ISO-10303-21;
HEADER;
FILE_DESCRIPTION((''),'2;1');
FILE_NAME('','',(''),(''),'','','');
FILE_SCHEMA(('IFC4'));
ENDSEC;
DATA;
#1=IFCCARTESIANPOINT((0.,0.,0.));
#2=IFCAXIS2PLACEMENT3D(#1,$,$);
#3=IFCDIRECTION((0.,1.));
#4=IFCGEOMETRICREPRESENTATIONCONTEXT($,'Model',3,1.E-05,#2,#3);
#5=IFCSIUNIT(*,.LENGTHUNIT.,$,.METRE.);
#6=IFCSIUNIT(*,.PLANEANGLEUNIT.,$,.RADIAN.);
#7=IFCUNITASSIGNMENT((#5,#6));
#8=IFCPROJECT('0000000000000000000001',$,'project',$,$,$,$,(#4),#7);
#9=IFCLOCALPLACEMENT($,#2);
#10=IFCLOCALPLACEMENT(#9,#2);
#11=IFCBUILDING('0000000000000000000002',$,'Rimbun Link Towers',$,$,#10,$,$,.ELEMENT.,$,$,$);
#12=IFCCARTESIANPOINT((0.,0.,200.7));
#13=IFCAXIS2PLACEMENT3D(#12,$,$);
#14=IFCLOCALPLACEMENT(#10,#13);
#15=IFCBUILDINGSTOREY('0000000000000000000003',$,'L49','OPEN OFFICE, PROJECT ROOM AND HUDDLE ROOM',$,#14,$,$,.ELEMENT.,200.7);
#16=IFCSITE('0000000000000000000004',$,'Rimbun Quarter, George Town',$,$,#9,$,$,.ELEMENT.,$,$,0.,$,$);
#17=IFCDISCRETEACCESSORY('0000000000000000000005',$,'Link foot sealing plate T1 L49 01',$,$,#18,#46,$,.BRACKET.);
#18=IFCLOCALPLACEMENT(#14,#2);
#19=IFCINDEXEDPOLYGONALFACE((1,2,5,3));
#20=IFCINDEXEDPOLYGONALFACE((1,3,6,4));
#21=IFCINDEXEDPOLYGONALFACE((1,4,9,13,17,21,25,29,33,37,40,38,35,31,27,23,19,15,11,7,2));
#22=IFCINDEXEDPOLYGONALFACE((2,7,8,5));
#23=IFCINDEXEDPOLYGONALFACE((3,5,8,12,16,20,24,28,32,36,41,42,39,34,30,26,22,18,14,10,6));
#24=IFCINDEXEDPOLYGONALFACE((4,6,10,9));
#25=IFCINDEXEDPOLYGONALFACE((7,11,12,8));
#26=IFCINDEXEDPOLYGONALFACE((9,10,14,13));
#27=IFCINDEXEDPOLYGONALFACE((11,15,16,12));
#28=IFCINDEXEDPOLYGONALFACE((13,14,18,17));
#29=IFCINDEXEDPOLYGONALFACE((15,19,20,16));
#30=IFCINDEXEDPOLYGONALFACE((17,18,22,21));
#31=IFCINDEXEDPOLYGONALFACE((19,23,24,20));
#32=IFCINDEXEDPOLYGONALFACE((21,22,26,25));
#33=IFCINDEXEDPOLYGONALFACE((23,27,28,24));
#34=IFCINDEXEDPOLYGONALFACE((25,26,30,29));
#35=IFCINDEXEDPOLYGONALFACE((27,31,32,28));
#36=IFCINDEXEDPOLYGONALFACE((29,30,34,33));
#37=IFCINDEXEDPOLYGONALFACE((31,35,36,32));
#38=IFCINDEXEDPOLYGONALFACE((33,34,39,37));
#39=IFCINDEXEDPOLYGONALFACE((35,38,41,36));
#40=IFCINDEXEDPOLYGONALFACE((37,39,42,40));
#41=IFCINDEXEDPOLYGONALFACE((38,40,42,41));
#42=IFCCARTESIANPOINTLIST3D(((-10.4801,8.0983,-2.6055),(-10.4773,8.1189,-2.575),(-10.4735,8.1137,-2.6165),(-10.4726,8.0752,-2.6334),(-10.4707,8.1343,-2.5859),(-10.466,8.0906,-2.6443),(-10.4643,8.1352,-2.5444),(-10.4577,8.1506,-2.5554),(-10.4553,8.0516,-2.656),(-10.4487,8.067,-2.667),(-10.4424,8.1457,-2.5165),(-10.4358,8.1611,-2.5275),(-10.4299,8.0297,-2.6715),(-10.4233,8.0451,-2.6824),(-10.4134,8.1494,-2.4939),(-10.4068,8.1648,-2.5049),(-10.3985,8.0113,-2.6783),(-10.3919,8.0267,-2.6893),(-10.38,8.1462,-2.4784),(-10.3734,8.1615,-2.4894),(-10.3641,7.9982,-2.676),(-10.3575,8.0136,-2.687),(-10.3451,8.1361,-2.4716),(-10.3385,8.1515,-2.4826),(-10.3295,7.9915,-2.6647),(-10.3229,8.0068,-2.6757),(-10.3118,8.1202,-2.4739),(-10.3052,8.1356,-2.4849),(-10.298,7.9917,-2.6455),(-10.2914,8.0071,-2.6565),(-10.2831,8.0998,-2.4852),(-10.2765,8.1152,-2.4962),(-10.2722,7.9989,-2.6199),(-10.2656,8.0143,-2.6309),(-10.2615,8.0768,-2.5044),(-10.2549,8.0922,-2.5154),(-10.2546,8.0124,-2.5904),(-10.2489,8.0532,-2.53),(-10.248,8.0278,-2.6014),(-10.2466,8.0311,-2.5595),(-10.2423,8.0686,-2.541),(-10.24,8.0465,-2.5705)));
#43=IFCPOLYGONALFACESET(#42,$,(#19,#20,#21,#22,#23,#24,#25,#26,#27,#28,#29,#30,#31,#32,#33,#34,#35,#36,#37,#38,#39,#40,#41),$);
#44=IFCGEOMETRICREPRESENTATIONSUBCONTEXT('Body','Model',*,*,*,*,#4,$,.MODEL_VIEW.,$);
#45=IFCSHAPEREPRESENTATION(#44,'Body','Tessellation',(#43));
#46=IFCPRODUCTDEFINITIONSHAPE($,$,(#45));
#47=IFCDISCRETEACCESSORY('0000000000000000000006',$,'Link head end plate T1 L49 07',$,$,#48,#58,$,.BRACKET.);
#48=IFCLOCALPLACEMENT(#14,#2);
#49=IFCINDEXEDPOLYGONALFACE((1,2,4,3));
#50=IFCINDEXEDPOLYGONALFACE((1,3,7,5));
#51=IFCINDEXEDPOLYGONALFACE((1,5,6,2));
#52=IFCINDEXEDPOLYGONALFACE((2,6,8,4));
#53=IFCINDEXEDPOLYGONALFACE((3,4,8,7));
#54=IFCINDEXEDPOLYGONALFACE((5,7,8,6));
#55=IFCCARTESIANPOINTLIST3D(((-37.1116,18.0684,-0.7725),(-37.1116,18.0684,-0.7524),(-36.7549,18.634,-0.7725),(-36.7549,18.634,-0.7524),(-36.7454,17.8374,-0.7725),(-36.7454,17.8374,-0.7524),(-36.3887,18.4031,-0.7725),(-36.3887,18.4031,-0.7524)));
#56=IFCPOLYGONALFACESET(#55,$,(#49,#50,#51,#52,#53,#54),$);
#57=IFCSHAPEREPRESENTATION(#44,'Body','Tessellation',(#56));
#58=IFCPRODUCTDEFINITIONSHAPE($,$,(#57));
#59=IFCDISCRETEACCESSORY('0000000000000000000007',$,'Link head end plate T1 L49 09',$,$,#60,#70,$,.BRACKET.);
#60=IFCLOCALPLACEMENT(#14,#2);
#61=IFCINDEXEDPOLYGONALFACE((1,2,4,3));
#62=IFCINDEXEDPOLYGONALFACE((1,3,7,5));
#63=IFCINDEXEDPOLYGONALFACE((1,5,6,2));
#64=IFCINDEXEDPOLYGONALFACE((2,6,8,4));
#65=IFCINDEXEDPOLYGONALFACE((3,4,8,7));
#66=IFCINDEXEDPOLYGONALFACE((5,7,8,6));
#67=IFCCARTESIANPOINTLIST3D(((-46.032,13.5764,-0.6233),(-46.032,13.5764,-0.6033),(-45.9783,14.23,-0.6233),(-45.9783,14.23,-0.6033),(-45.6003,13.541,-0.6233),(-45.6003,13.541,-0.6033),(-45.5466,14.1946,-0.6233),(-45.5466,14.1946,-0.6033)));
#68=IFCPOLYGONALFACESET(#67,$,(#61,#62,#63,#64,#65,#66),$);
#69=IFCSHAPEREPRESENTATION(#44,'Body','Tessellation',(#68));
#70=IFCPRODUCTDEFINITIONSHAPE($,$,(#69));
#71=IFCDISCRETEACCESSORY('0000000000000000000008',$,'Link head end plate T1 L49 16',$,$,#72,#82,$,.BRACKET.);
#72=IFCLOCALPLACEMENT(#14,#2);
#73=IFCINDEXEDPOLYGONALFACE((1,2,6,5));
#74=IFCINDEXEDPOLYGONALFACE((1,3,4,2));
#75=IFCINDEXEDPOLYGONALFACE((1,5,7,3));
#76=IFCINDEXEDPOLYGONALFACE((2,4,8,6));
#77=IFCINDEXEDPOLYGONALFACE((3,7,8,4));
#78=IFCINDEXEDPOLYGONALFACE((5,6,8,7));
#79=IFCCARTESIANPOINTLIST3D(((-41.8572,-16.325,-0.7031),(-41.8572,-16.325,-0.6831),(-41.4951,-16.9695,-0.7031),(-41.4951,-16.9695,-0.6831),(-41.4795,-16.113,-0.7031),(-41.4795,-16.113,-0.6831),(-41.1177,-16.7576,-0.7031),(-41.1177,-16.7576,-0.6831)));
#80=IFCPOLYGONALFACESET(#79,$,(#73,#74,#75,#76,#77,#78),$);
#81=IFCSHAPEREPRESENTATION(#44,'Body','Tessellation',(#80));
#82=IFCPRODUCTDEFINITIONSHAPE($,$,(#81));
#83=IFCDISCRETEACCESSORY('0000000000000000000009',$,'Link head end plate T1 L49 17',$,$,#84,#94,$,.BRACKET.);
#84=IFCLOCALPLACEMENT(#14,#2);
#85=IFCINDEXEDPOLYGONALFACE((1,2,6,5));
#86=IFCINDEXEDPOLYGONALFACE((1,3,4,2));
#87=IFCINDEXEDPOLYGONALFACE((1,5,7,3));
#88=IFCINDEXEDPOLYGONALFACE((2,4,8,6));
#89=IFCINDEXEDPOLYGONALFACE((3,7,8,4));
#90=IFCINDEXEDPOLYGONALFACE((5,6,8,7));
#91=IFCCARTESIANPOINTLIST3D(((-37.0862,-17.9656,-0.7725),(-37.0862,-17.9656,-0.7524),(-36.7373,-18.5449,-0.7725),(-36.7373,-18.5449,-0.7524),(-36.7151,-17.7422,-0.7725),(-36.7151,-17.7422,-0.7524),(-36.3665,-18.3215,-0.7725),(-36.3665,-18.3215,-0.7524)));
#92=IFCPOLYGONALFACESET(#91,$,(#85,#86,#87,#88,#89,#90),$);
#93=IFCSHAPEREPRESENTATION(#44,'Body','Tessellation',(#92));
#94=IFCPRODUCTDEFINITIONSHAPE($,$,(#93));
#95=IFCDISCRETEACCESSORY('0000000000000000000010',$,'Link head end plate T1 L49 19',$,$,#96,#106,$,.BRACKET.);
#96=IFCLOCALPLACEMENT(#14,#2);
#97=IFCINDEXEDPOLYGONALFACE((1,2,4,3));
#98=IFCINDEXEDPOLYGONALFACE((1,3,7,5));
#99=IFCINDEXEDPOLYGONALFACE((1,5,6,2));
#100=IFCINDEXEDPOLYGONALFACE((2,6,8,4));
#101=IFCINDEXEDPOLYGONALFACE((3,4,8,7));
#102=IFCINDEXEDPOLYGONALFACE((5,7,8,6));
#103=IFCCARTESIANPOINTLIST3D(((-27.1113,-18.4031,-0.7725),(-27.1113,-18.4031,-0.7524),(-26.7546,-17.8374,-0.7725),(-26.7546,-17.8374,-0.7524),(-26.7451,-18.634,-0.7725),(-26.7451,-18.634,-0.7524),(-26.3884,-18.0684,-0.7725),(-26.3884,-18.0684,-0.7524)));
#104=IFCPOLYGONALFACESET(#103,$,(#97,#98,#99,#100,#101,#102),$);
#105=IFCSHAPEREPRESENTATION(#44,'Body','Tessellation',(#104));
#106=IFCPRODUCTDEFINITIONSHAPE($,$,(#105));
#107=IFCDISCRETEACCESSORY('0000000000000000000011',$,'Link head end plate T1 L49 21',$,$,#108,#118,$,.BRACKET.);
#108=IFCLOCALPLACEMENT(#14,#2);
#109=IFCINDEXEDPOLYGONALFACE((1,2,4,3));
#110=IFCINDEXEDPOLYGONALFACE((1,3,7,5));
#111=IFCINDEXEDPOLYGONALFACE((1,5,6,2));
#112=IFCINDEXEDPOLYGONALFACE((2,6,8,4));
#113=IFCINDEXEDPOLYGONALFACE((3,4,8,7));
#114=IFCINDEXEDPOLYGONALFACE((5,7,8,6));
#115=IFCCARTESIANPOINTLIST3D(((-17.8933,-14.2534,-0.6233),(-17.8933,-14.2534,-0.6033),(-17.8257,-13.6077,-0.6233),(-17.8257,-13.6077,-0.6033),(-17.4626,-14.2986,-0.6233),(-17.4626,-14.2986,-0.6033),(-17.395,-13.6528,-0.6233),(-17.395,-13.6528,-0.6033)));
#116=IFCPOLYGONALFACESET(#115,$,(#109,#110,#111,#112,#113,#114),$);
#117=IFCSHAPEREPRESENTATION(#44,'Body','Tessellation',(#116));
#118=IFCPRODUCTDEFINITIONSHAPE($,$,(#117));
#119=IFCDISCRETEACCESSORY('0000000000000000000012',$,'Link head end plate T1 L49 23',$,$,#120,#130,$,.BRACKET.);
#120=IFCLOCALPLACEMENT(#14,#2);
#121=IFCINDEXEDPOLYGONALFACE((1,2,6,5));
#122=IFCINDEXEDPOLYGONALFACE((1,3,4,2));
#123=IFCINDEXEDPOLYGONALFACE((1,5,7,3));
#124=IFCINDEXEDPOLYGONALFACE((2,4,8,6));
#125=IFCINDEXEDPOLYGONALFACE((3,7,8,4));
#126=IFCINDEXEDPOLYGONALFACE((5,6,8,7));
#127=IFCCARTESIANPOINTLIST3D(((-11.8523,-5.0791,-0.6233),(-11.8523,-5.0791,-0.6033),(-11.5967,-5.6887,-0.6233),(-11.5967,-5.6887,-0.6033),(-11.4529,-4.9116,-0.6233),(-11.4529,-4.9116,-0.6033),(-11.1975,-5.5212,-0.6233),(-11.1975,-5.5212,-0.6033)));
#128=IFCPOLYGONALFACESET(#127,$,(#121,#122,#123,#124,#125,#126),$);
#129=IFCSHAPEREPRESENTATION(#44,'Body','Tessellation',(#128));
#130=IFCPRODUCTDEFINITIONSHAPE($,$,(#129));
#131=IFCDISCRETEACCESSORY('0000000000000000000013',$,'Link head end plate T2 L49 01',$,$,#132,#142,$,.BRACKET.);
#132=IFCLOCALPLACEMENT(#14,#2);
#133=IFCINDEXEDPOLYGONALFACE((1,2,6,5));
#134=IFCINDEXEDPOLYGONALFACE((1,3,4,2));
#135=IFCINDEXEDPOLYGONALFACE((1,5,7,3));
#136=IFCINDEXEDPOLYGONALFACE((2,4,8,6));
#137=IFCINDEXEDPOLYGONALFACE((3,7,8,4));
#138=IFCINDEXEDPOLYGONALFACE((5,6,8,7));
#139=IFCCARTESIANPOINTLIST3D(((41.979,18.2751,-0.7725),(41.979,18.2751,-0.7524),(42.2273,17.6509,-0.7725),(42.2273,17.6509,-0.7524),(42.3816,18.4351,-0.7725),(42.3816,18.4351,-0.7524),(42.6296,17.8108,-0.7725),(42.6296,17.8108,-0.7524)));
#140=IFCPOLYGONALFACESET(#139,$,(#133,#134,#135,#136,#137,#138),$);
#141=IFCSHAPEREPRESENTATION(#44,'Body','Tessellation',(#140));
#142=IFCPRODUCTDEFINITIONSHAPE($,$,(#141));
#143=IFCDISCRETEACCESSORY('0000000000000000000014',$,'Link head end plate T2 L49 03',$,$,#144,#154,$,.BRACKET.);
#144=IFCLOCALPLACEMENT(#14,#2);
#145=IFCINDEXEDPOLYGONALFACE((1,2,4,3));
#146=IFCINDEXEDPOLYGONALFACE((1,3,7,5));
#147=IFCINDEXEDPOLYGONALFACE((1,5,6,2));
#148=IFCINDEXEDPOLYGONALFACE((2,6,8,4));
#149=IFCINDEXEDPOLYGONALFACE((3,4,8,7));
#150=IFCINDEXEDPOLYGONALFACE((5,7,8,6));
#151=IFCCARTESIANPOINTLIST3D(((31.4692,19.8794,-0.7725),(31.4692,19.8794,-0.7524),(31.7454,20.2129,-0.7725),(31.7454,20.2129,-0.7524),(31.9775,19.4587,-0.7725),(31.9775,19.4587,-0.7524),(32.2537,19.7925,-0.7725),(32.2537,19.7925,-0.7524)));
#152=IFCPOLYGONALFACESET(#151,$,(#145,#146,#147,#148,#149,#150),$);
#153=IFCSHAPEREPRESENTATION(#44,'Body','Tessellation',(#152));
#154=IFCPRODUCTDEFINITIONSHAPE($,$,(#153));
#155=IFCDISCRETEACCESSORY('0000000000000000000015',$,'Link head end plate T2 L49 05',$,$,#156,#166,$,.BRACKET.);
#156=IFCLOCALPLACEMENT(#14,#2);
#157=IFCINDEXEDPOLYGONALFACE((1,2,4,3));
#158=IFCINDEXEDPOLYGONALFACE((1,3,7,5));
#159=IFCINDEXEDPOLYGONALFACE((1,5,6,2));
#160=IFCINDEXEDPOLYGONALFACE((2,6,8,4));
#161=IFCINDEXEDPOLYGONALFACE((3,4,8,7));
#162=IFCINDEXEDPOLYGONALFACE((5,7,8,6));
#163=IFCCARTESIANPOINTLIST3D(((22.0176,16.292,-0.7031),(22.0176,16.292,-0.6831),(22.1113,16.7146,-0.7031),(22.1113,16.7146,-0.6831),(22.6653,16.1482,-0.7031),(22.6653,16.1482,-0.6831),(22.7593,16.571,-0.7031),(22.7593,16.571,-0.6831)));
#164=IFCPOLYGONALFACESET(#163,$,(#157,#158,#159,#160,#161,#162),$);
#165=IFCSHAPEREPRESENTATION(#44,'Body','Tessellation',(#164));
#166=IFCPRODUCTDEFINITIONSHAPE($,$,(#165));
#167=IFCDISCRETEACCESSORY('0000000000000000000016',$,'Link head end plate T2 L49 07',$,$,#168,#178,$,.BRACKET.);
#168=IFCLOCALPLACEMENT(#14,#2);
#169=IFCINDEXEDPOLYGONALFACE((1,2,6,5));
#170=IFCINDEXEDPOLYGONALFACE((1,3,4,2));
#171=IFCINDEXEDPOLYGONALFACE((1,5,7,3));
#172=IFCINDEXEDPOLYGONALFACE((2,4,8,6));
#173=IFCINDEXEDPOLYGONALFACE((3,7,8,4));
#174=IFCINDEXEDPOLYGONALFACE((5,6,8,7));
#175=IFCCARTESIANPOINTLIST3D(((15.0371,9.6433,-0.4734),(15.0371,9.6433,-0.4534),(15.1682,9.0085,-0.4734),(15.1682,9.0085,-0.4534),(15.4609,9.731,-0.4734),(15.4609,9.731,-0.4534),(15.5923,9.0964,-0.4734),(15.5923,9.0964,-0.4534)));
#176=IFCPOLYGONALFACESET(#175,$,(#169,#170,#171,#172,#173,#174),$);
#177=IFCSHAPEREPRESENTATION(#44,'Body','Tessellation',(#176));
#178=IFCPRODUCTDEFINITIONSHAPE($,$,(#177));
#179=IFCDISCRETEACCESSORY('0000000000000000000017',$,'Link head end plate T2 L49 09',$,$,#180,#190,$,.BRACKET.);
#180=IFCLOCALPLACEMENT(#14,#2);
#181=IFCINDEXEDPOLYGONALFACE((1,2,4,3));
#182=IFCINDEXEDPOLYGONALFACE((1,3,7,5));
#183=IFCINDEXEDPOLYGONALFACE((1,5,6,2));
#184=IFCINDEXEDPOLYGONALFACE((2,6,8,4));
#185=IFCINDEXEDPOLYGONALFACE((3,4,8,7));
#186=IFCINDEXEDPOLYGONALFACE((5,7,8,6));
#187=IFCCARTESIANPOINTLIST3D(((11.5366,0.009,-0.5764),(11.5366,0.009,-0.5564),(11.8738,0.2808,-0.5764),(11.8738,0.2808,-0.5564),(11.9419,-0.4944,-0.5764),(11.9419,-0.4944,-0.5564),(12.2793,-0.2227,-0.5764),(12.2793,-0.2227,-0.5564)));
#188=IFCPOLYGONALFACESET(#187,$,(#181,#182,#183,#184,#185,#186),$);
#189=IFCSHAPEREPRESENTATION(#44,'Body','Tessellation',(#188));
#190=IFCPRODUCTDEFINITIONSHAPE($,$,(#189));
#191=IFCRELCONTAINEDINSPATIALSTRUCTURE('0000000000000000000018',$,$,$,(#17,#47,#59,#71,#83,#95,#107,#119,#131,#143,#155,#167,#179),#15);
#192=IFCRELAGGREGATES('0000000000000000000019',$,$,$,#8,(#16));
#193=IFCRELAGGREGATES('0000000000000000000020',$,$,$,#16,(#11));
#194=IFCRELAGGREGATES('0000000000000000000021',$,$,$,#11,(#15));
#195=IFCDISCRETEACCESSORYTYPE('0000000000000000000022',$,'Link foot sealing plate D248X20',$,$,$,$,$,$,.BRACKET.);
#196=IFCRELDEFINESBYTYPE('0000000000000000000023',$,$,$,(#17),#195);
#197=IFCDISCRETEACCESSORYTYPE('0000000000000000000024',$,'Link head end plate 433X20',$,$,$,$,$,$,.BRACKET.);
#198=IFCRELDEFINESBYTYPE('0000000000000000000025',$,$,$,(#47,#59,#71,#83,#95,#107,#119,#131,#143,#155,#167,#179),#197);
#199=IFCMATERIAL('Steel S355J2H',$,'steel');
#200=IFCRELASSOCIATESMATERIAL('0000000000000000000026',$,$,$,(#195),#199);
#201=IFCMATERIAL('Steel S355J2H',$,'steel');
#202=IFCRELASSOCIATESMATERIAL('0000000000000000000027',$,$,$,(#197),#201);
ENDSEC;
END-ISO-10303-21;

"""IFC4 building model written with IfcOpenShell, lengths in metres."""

from ifc_helpers import new_model, si_unit, direction, frame, origin, origin_2d, place, context, subcontext, project, spatial, polyline, rectangle, circle, outline, extrude, material, material_profile, profile_set, type_object, element, save


model = new_model("IFC4")

# Units and contexts
model_context = context("Model", 3, precision=1e-05, world=origin(), true_north=direction((0.0, 1.0)))
body_context = subcontext(model_context, "Body", "Model", "MODEL_VIEW")
ifc_project = project(units=[si_unit("LENGTHUNIT", "METRE"), si_unit("PLANEANGLEUNIT", "RADIAN")], contexts=[model_context])

# Site, building, storey
site_placement = place(None, origin())
site = spatial("IfcSite", under=ifc_project, at=site_placement, Name="Rimbun Quarter, George Town", CompositionType="ELEMENT", RefElevation=0.0)
building_placement = place(site_placement, origin())
building = spatial("IfcBuilding", under=site, at=building_placement, Name="Rimbun Link Towers", CompositionType="ELEMENT")
storey_placement = place(building_placement, frame((0.0, 0.0, 200.7)))
storey = spatial("IfcBuildingStorey", under=building, at=storey_placement, Name="L49", Description="OPEN OFFICE, PROJECT ROOM AND HUDDLE ROOM", CompositionType="ELEMENT", Elevation=200.7)

# Discrete accessories
ifc_material_1 = material(Name="Steel S355J2H", Category="steel")
ifc_material_profile_1 = material_profile(ifc_material_1, circle(Radius=0.124, at=origin_2d()), Name="PL D248")
ifc_profile_set_1 = profile_set([ifc_material_profile_1], Name="Steel S355J2H")
discrete_accessory_type_1 = type_object("IfcDiscreteAccessoryType", Name="Link foot sealing plate D248X20", PredefinedType="BRACKET", material=ifc_profile_set_1)
discrete_accessory_1_placement = place(storey_placement, frame((-10.3633, 8.0701, -2.575), z_axis=(0.329293, 0.76835, -0.548821), x_axis=(-0.919145, 0.393919, 0.0)))
element("IfcDiscreteAccessory", 1, at=discrete_accessory_1_placement, inside=storey, type_object=discrete_accessory_type_1, Name="Link foot sealing plate T1 L49 01", PredefinedType="BRACKET", context=body_context, shape_type="SweptSolid", body=[
    extrude(circle(Radius=0.124, at=origin_2d()), origin(), (0.0, 0.0, 1.0), 0.02),
])
ifc_material_2 = material(Name="Steel S355J2H", Category="steel")
ifc_material_profile_2 = material_profile(ifc_material_2, rectangle(XDim=0.4331, YDim=0.4331, at=origin_2d()), Name="PL 433x433")
ifc_profile_set_2 = profile_set([ifc_material_profile_2], Name="Steel S355J2H")
discrete_accessory_type_2 = type_object("IfcDiscreteAccessoryType", Name="Link head end plate 433X20", PredefinedType="BRACKET", material=ifc_profile_set_2)
discrete_accessory_2_placement = place(storey_placement, frame((0.0, 0.0, -0.7725)))
element("IfcDiscreteAccessory", 2, at=discrete_accessory_2_placement, inside=storey, type_object=discrete_accessory_type_2, Name="Link head end plate T1 L49 07", PredefinedType="BRACKET", context=body_context, shape_type="SweptSolid", body=[
    extrude(outline(polyline([(-36.7454, 17.8374), (-36.3887, 18.4031), (-36.7549, 18.634), (-37.1116, 18.0684), (-36.7454, 17.8374)])), origin(), (0.0, 0.0, 1.0), 0.02),
])
discrete_accessory_3_placement = place(storey_placement, frame((0.0, 0.0, -0.6233)))
element("IfcDiscreteAccessory", 3, at=discrete_accessory_3_placement, inside=storey, type_object=discrete_accessory_type_2, Name="Link head end plate T1 L49 09", PredefinedType="BRACKET", context=body_context, shape_type="SweptSolid", body=[
    extrude(outline(polyline([(-45.6003, 13.541), (-45.5466, 14.1946), (-45.9783, 14.23), (-46.032, 13.5764), (-45.6003, 13.541)])), origin(), (0.0, 0.0, 1.0), 0.02),
])
discrete_accessory_4_placement = place(storey_placement, frame((0.0, 0.0, -0.7031)))
element("IfcDiscreteAccessory", 4, at=discrete_accessory_4_placement, inside=storey, type_object=discrete_accessory_type_2, Name="Link head end plate T1 L49 16", PredefinedType="BRACKET", context=body_context, shape_type="SweptSolid", body=[
    extrude(outline(polyline([(-41.8572, -16.325), (-41.4951, -16.9695), (-41.1177, -16.7576), (-41.4795, -16.113), (-41.8572, -16.325)])), origin(), (0.0, 0.0, 1.0), 0.02),
])
discrete_accessory_5_placement = place(storey_placement, frame((0.0, 0.0, -0.7725)))
element("IfcDiscreteAccessory", 5, at=discrete_accessory_5_placement, inside=storey, type_object=discrete_accessory_type_2, Name="Link head end plate T1 L49 17", PredefinedType="BRACKET", context=body_context, shape_type="SweptSolid", body=[
    extrude(outline(polyline([(-37.0862, -17.9656), (-36.7373, -18.5449), (-36.3665, -18.3215), (-36.7151, -17.7422), (-37.0862, -17.9656)])), origin(), (0.0, 0.0, 1.0), 0.02),
])
discrete_accessory_6_placement = place(storey_placement, frame((0.0, 0.0, -0.7725)))
element("IfcDiscreteAccessory", 6, at=discrete_accessory_6_placement, inside=storey, type_object=discrete_accessory_type_2, Name="Link head end plate T1 L49 19", PredefinedType="BRACKET", context=body_context, shape_type="SweptSolid", body=[
    extrude(outline(polyline([(-26.7546, -17.8374), (-27.1113, -18.4031), (-26.7451, -18.634), (-26.3884, -18.0684), (-26.7546, -17.8374)])), origin(), (0.0, 0.0, 1.0), 0.02),
])
discrete_accessory_7_placement = place(storey_placement, frame((0.0, 0.0, -0.6233)))
element("IfcDiscreteAccessory", 7, at=discrete_accessory_7_placement, inside=storey, type_object=discrete_accessory_type_2, Name="Link head end plate T1 L49 21", PredefinedType="BRACKET", context=body_context, shape_type="SweptSolid", body=[
    extrude(outline(polyline([(-17.8257, -13.6077), (-17.8933, -14.2534), (-17.4626, -14.2986), (-17.395, -13.6528), (-17.8257, -13.6077)])), origin(), (0.0, 0.0, 1.0), 0.02),
])
discrete_accessory_8_placement = place(storey_placement, frame((0.0, 0.0, -0.6233)))
element("IfcDiscreteAccessory", 8, at=discrete_accessory_8_placement, inside=storey, type_object=discrete_accessory_type_2, Name="Link head end plate T1 L49 23", PredefinedType="BRACKET", context=body_context, shape_type="SweptSolid", body=[
    extrude(outline(polyline([(-11.8523, -5.0791), (-11.5967, -5.6887), (-11.1975, -5.5212), (-11.4529, -4.9116), (-11.8523, -5.0791)])), origin(), (0.0, 0.0, 1.0), 0.02),
])
discrete_accessory_9_placement = place(storey_placement, frame((0.0, 0.0, -0.7725)))
element("IfcDiscreteAccessory", 9, at=discrete_accessory_9_placement, inside=storey, type_object=discrete_accessory_type_2, Name="Link head end plate T2 L49 01", PredefinedType="BRACKET", context=body_context, shape_type="SweptSolid", body=[
    extrude(outline(polyline([(42.6296, 17.8108), (42.3816, 18.4351), (41.979, 18.2751), (42.2273, 17.6509), (42.6296, 17.8108)])), origin(), (0.0, 0.0, 1.0), 0.02),
])
discrete_accessory_10_placement = place(storey_placement, frame((0.0, 0.0, -0.7725)))
element("IfcDiscreteAccessory", 10, at=discrete_accessory_10_placement, inside=storey, type_object=discrete_accessory_type_2, Name="Link head end plate T2 L49 03", PredefinedType="BRACKET", context=body_context, shape_type="SweptSolid", body=[
    extrude(outline(polyline([(32.2537, 19.7925), (31.7454, 20.2129), (31.4692, 19.8794), (31.9775, 19.4587), (32.2537, 19.7925)])), origin(), (0.0, 0.0, 1.0), 0.02),
])
discrete_accessory_11_placement = place(storey_placement, frame((0.0, 0.0, -0.7031)))
element("IfcDiscreteAccessory", 11, at=discrete_accessory_11_placement, inside=storey, type_object=discrete_accessory_type_2, Name="Link head end plate T2 L49 05", PredefinedType="BRACKET", context=body_context, shape_type="SweptSolid", body=[
    extrude(outline(polyline([(22.7593, 16.571), (22.1113, 16.7146), (22.0176, 16.292), (22.6653, 16.1482), (22.7593, 16.571)])), origin(), (0.0, 0.0, 1.0), 0.02),
])
discrete_accessory_12_placement = place(storey_placement, frame((0.0, 0.0, -0.4734)))
element("IfcDiscreteAccessory", 12, at=discrete_accessory_12_placement, inside=storey, type_object=discrete_accessory_type_2, Name="Link head end plate T2 L49 07", PredefinedType="BRACKET", context=body_context, shape_type="SweptSolid", body=[
    extrude(outline(polyline([(15.5923, 9.0964), (15.4609, 9.731), (15.0371, 9.6433), (15.1682, 9.0085), (15.5923, 9.0964)])), origin(), (0.0, 0.0, 1.0), 0.02),
])
discrete_accessory_13_placement = place(storey_placement, frame((0.0, 0.0, -0.5764)))
element("IfcDiscreteAccessory", 13, at=discrete_accessory_13_placement, inside=storey, type_object=discrete_accessory_type_2, Name="Link head end plate T2 L49 09", PredefinedType="BRACKET", context=body_context, shape_type="SweptSolid", body=[
    extrude(outline(polyline([(12.2793, -0.2227), (11.8738, 0.2808), (11.5366, 0.009), (11.9419, -0.4944), (12.2793, -0.2227)])), origin(), (0.0, 0.0, 1.0), 0.02),
])

save(model, "model.ifc")
